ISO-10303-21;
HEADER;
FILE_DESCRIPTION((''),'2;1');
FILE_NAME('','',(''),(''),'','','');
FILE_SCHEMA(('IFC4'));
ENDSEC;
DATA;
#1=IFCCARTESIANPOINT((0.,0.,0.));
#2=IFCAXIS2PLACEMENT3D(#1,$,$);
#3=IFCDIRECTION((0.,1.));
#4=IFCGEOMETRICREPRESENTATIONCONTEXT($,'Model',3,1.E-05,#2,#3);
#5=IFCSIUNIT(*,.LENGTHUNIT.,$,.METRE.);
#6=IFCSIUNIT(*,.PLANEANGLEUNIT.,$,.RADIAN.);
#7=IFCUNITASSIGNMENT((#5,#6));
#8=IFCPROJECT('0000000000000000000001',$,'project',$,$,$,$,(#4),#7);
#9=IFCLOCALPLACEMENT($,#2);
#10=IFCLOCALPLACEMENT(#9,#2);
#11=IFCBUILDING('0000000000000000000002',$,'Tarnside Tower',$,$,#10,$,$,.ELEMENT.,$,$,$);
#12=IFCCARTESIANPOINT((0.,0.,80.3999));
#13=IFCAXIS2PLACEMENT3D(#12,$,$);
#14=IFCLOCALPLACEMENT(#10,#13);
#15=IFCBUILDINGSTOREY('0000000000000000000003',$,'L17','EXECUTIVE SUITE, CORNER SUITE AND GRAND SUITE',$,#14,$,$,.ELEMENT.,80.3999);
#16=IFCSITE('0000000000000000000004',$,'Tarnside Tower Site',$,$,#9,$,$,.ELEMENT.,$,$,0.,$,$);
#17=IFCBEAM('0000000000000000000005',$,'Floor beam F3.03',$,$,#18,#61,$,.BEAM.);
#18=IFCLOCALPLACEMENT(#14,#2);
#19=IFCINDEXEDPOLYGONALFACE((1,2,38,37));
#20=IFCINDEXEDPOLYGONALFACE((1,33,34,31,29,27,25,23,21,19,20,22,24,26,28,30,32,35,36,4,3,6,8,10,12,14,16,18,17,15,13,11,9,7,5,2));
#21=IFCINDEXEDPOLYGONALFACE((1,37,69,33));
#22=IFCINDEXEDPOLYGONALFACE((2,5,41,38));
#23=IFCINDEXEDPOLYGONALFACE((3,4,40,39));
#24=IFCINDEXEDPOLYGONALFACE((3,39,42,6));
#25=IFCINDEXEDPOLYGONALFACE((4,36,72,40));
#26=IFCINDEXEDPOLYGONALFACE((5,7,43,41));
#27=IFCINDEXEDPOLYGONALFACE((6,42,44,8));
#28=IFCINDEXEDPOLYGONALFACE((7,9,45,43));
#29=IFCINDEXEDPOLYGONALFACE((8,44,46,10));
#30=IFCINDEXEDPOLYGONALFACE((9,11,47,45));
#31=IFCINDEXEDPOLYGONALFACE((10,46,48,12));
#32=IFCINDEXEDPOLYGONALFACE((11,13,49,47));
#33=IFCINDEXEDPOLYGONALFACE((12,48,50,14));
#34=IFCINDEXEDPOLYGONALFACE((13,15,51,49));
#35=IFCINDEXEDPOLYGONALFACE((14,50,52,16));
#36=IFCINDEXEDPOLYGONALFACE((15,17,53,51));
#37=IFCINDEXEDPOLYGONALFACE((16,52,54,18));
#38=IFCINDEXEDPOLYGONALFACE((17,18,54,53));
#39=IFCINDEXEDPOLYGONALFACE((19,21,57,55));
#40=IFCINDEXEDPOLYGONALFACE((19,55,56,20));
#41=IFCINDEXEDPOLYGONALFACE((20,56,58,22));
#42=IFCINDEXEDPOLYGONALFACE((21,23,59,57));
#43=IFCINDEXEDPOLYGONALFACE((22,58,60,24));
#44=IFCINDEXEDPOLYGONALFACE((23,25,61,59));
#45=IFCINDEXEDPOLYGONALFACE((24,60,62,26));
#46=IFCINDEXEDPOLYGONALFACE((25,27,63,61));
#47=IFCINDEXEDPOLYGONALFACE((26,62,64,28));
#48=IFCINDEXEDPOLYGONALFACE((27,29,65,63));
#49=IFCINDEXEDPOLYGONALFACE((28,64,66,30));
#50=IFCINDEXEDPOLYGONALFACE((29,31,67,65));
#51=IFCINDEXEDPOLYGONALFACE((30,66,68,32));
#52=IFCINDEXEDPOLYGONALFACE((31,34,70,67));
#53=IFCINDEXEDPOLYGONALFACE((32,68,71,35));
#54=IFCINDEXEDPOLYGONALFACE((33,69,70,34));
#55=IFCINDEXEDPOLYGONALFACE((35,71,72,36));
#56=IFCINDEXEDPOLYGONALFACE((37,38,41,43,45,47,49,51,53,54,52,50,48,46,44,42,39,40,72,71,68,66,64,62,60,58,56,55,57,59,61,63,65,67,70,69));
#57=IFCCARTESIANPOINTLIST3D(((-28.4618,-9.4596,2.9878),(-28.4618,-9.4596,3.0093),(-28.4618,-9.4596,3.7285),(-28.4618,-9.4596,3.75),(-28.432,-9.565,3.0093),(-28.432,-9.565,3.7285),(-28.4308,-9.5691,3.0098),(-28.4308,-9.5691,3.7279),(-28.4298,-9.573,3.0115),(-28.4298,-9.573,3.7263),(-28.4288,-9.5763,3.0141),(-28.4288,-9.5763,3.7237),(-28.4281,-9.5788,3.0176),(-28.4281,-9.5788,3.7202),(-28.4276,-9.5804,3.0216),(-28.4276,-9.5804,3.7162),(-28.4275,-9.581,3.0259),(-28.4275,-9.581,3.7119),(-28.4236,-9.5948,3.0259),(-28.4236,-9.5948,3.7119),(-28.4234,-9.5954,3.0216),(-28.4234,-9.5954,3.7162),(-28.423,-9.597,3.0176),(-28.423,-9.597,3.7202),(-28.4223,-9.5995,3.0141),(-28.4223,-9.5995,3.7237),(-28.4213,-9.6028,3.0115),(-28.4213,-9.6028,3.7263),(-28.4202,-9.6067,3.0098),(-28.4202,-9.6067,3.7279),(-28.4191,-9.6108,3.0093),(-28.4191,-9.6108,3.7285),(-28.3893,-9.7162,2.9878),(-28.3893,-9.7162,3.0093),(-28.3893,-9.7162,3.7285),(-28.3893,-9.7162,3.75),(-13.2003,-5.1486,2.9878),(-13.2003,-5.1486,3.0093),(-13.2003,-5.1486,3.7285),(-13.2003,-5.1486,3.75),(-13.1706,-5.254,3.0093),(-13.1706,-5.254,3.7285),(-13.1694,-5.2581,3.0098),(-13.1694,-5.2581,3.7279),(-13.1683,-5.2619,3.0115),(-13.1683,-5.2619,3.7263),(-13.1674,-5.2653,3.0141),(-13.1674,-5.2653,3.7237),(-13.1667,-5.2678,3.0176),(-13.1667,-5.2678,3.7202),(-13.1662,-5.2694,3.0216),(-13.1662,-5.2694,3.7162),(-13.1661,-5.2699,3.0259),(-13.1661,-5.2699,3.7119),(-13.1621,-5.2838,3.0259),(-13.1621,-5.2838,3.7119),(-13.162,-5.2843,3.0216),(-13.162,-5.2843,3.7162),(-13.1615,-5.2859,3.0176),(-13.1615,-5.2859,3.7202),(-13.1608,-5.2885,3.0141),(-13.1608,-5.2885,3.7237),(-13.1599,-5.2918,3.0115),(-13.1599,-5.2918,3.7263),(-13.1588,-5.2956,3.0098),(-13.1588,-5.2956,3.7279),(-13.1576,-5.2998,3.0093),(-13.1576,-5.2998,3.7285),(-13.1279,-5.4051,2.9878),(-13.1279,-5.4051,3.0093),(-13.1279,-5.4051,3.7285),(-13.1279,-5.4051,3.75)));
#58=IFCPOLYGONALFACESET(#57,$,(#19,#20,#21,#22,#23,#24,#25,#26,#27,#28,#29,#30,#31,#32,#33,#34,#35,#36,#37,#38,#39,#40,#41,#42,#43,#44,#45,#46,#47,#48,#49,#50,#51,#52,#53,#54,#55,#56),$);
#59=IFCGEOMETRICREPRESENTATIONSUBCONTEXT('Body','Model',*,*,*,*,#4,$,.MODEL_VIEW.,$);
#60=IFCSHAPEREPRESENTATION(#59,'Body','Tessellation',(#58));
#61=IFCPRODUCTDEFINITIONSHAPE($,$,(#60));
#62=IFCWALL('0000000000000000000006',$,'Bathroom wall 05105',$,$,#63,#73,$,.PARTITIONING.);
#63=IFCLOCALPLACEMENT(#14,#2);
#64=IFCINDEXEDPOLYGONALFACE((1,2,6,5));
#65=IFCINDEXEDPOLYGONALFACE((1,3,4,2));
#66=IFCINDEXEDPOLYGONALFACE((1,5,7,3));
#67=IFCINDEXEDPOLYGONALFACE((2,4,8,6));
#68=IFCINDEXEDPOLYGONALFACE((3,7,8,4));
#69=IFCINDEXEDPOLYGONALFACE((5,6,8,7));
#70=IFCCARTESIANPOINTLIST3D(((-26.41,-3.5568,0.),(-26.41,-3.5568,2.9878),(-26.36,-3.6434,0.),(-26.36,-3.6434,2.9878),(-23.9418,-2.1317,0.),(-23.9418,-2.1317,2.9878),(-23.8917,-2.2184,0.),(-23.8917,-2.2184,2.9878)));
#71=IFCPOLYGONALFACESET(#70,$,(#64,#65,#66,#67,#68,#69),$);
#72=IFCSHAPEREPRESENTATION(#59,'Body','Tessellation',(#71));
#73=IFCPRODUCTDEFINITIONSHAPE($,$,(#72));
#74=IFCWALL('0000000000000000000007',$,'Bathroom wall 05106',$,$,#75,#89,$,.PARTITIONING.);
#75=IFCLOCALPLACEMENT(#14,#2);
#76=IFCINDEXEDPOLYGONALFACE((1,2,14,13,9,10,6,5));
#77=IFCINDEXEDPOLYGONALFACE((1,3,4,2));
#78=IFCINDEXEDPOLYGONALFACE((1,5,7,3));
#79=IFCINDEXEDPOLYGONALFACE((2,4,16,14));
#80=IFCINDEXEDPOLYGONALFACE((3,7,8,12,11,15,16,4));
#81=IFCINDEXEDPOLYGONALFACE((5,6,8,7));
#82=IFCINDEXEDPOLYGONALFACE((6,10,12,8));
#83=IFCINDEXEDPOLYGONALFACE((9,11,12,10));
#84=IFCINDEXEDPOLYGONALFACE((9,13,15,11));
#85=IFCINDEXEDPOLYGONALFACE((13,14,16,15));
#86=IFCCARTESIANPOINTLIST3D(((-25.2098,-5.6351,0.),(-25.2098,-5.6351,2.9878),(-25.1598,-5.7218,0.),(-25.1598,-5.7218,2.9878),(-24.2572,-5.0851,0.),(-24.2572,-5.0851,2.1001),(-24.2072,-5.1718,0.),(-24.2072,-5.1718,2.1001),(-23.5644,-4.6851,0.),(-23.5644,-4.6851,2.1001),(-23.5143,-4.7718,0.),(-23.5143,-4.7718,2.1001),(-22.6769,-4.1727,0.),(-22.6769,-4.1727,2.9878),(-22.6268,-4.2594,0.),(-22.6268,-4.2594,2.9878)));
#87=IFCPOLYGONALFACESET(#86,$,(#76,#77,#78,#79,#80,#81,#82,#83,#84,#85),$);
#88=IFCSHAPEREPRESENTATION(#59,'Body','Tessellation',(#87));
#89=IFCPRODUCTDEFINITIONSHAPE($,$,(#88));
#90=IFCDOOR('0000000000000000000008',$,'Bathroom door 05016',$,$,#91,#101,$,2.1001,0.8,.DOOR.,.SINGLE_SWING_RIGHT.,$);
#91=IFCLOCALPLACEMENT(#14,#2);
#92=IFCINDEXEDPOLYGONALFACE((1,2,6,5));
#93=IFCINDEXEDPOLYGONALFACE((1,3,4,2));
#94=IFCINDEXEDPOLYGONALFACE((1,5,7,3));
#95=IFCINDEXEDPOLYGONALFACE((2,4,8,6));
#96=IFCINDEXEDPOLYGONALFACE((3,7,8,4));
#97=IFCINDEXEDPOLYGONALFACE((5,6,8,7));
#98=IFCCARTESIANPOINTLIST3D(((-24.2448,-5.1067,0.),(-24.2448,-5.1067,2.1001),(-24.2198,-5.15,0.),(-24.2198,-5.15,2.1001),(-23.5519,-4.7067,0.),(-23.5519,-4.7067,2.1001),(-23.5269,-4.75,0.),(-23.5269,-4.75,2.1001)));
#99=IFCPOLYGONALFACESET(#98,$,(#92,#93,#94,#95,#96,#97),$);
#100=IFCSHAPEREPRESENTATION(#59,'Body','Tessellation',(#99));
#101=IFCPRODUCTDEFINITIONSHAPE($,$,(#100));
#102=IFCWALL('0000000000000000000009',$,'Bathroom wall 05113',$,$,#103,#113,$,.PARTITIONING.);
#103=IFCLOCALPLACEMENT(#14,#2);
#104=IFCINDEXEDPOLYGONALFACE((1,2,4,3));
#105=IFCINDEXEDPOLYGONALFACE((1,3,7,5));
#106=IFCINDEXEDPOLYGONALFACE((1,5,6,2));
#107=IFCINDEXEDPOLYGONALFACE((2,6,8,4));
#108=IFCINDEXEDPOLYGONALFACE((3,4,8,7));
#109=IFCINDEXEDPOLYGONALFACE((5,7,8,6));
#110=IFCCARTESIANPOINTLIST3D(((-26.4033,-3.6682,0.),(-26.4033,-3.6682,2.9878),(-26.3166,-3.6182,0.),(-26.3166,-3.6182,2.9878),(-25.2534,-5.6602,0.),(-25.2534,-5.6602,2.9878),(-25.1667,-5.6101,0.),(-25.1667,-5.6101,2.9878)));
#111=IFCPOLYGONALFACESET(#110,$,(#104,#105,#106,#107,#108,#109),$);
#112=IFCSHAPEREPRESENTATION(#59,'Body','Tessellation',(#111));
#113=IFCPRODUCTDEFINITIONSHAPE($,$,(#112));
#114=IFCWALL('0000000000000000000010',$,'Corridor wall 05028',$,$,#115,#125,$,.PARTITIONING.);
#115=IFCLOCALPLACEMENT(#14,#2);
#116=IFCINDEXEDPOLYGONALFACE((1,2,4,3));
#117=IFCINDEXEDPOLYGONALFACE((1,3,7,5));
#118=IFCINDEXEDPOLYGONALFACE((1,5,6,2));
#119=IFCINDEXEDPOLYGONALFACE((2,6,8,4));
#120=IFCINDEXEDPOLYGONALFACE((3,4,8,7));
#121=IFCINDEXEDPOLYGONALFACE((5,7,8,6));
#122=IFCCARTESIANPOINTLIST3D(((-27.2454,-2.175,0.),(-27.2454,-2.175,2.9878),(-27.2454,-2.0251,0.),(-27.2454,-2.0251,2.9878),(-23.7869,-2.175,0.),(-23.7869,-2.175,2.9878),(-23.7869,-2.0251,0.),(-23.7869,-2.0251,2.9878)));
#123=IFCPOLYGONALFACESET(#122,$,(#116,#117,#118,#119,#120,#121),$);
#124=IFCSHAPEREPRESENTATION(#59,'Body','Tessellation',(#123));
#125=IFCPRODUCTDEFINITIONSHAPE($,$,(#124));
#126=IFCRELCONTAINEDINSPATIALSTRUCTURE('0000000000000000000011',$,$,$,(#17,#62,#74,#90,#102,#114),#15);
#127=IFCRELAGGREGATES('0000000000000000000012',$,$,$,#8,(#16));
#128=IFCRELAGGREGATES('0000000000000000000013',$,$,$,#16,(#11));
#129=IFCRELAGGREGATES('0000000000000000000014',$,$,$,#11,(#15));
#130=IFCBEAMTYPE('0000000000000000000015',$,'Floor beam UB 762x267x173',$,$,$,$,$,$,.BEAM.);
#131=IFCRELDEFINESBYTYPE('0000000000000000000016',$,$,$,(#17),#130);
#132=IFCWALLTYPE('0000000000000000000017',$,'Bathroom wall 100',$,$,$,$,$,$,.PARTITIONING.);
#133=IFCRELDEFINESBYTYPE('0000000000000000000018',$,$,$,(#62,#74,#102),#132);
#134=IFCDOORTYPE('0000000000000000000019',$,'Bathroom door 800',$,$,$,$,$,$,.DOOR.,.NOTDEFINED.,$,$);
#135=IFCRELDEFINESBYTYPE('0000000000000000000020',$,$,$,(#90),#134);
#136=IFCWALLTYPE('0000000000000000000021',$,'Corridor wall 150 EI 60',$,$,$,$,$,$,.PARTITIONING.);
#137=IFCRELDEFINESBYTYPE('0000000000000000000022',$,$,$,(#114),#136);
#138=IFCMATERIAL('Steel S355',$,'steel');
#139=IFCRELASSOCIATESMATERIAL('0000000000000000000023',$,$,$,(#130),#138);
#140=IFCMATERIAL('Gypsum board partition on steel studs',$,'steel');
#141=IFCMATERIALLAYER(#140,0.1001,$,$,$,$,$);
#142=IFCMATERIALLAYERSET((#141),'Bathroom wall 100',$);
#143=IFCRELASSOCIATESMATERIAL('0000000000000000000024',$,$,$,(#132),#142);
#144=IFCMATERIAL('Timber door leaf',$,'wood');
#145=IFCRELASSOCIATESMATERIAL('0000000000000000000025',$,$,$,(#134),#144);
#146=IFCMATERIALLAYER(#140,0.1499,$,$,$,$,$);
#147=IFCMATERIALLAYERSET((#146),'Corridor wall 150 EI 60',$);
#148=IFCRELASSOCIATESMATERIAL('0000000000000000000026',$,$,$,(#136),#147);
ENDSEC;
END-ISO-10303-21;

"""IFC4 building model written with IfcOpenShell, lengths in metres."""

from ifc_helpers import new_model, si_unit, direction, frame, frame_2d, origin, origin_2d, place, context, subcontext, project, spatial, rectangle, i_section, extrude, material, layer, layer_set, material_profile, profile_set, type_object, element, fill, save


model = new_model("IFC4")

# Units and contexts
model_context = context("Model", 3, precision=1e-05, world=origin(), true_north=direction((0.0, 1.0)))
body_context = subcontext(model_context, "Body", "Model", "MODEL_VIEW")
ifc_project = project(units=[si_unit("LENGTHUNIT", "METRE"), si_unit("PLANEANGLEUNIT", "RADIAN")], contexts=[model_context])

# Site, building, storey
site_placement = place(None, origin())
site = spatial("IfcSite", under=ifc_project, at=site_placement, Name="Tarnside Tower Site", CompositionType="ELEMENT", RefElevation=0.0)
building_placement = place(site_placement, origin())
building = spatial("IfcBuilding", under=site, at=building_placement, Name="Tarnside Tower", CompositionType="ELEMENT")
storey_placement = place(building_placement, frame((0.0, 0.0, 80.3999)))
storey = spatial("IfcBuildingStorey", under=building, at=storey_placement, Name="L17", Description="EXECUTIVE SUITE, CORNER SUITE AND GRAND SUITE", CompositionType="ELEMENT", Elevation=80.3999)

# Beam
ifc_material_1 = material(Name="Steel S355", Category="steel")
ifc_material_profile = material_profile(ifc_material_1, i_section(OverallWidth=0.2666, OverallDepth=0.7622, WebThickness=0.0144, FlangeThickness=0.0215, FilletRadius=0.0166, at=origin_2d()), Name="UB 762x267x173")
ifc_profile_set = profile_set([ifc_material_profile], Name="Steel S355")
beam_type = type_object("IfcBeamType", Name="Floor beam UB 762x267x173", PredefinedType="BEAM", material=ifc_profile_set)
beam_placement = place(storey_placement, frame((-28.4255, -9.5879, 3.3689), z_axis=(0.962342, 0.271841, 0.0), x_axis=(-0.271841, 0.962342, 0.0)))
element("IfcBeam", 1, at=beam_placement, inside=storey, type_object=beam_type, Name="Floor beam F3.03", PredefinedType="BEAM", context=body_context, shape_type="SweptSolid", body=[
    extrude(i_section(OverallWidth=0.2666, OverallDepth=0.7622, WebThickness=0.0144, FlangeThickness=0.0215, FilletRadius=0.0166, at=origin_2d()), origin(), (0.0, 0.0, 1.0), 15.8586),
])

# Wall
ifc_material_2 = material(Name="Gypsum board partition on steel studs", Category="steel")
ifc_layer_1 = layer(ifc_material_2, 0.1001)
ifc_layer_set_1 = layer_set([ifc_layer_1], Name="Bathroom wall 100")
wall_type_1 = type_object("IfcWallType", Name="Bathroom wall 100", PredefinedType="PARTITIONING", material=ifc_layer_set_1)
wall_1_placement = place(storey_placement, frame((-26.385, -3.6001, 0.0), z_axis=(0.0, 0.0, 1.0), x_axis=(0.866026, 0.499999, 0.0)))
element("IfcWall", 2, at=wall_1_placement, inside=storey, type_object=wall_type_1, Name="Bathroom wall 05105", PredefinedType="PARTITIONING", context=body_context, shape_type="SweptSolid", body=[
    extrude(rectangle(XDim=2.8501, YDim=0.1001, at=frame_2d((1.425, 0.0))), origin(), (0.0, 0.0, 1.0), 2.9878),
])

# Wall, opening, door
wall_2_placement = place(storey_placement, frame((-22.6519, -4.2161, 0.0), z_axis=(0.0, 0.0, 1.0), x_axis=(-0.866026, -0.499999, 0.0)))
wall_2 = element("IfcWall", 3, at=wall_2_placement, inside=storey, type_object=wall_type_1, Name="Bathroom wall 05106", PredefinedType="PARTITIONING", context=body_context, shape_type="SweptSolid", body=[
    extrude(rectangle(XDim=2.9248, YDim=0.1001, at=frame_2d((1.4624, 0.0))), origin(), (0.0, 0.0, 1.0), 2.9878),
])
opening_1_placement = place(wall_2_placement, frame((1.0249, 0.0, 0.0)))
opening_1 = element("IfcOpeningElement", 4, at=opening_1_placement, cuts=wall_2, PredefinedType="OPENING", context=body_context, shape_type="SweptSolid", body=[
    extrude(rectangle(XDim=0.8, YDim=2.1001, at=frame_2d((0.3999, 1.05))), frame((0.0, 0.0601, 0.0), z_axis=(0.0, -1.0, 0.0), x_axis=(1.0, 0.0, 0.0)), (0.0, 0.0, 1.0), 0.1201),
])
ifc_material_3 = material(Name="Timber door leaf", Category="wood")
door_type_1 = type_object("IfcDoorType", Name="Bathroom door 800", OperationType="NOTDEFINED", PredefinedType="DOOR", material=ifc_material_3)
door_1_placement = place(opening_1_placement, origin())
door_1 = element("IfcDoor", 5, at=door_1_placement, inside=storey, type_object=door_type_1, Name="Bathroom door 05016", OperationType="SINGLE_SWING_RIGHT", OverallHeight=2.1001, OverallWidth=0.8, PredefinedType="DOOR", context=body_context, shape_type="SweptSolid", body=[
    extrude(rectangle(XDim=0.8, YDim=2.1001, at=frame_2d((0.3999, 1.05))), frame((0.0, 0.0249, 0.0), z_axis=(0.0, -1.0, 0.0), x_axis=(1.0, 0.0, 0.0)), (0.0, 0.0, 1.0), 0.05),
])
fill(opening_1, door_1)

# Walls
wall_3_placement = place(storey_placement, frame((-26.3599, -3.6433, 0.0), z_axis=(0.0, 0.0, 1.0), x_axis=(0.499952, -0.866053, 0.0)))
element("IfcWall", 6, at=wall_3_placement, inside=storey, type_object=wall_type_1, Name="Bathroom wall 05113", PredefinedType="PARTITIONING", context=body_context, shape_type="SweptSolid", body=[
    extrude(rectangle(XDim=2.3, YDim=0.1001, at=frame_2d((1.1499, 0.0))), origin(), (0.0, 0.0, 1.0), 2.9878),
])
ifc_layer_2 = layer(ifc_material_2, 0.1499)
ifc_layer_set_2 = layer_set([ifc_layer_2], Name="Corridor wall 150 EI 60")
wall_type_2 = type_object("IfcWallType", Name="Corridor wall 150 EI 60", PredefinedType="PARTITIONING", material=ifc_layer_set_2)
wall_4_placement = place(storey_placement, frame((-27.2454, -2.1001, 0.0), z_axis=(0.0, 0.0, 1.0), x_axis=(1.0, 0.0, 0.0)))
element("IfcWall", 7, at=wall_4_placement, inside=storey, type_object=wall_type_2, Name="Corridor wall 05028", PredefinedType="PARTITIONING", context=body_context, shape_type="SweptSolid", body=[
    extrude(rectangle(XDim=3.4585, YDim=0.1499, at=frame_2d((1.7292, 0.0))), origin(), (0.0, 0.0, 1.0), 2.9878),
])

save(model, "model.ifc")
